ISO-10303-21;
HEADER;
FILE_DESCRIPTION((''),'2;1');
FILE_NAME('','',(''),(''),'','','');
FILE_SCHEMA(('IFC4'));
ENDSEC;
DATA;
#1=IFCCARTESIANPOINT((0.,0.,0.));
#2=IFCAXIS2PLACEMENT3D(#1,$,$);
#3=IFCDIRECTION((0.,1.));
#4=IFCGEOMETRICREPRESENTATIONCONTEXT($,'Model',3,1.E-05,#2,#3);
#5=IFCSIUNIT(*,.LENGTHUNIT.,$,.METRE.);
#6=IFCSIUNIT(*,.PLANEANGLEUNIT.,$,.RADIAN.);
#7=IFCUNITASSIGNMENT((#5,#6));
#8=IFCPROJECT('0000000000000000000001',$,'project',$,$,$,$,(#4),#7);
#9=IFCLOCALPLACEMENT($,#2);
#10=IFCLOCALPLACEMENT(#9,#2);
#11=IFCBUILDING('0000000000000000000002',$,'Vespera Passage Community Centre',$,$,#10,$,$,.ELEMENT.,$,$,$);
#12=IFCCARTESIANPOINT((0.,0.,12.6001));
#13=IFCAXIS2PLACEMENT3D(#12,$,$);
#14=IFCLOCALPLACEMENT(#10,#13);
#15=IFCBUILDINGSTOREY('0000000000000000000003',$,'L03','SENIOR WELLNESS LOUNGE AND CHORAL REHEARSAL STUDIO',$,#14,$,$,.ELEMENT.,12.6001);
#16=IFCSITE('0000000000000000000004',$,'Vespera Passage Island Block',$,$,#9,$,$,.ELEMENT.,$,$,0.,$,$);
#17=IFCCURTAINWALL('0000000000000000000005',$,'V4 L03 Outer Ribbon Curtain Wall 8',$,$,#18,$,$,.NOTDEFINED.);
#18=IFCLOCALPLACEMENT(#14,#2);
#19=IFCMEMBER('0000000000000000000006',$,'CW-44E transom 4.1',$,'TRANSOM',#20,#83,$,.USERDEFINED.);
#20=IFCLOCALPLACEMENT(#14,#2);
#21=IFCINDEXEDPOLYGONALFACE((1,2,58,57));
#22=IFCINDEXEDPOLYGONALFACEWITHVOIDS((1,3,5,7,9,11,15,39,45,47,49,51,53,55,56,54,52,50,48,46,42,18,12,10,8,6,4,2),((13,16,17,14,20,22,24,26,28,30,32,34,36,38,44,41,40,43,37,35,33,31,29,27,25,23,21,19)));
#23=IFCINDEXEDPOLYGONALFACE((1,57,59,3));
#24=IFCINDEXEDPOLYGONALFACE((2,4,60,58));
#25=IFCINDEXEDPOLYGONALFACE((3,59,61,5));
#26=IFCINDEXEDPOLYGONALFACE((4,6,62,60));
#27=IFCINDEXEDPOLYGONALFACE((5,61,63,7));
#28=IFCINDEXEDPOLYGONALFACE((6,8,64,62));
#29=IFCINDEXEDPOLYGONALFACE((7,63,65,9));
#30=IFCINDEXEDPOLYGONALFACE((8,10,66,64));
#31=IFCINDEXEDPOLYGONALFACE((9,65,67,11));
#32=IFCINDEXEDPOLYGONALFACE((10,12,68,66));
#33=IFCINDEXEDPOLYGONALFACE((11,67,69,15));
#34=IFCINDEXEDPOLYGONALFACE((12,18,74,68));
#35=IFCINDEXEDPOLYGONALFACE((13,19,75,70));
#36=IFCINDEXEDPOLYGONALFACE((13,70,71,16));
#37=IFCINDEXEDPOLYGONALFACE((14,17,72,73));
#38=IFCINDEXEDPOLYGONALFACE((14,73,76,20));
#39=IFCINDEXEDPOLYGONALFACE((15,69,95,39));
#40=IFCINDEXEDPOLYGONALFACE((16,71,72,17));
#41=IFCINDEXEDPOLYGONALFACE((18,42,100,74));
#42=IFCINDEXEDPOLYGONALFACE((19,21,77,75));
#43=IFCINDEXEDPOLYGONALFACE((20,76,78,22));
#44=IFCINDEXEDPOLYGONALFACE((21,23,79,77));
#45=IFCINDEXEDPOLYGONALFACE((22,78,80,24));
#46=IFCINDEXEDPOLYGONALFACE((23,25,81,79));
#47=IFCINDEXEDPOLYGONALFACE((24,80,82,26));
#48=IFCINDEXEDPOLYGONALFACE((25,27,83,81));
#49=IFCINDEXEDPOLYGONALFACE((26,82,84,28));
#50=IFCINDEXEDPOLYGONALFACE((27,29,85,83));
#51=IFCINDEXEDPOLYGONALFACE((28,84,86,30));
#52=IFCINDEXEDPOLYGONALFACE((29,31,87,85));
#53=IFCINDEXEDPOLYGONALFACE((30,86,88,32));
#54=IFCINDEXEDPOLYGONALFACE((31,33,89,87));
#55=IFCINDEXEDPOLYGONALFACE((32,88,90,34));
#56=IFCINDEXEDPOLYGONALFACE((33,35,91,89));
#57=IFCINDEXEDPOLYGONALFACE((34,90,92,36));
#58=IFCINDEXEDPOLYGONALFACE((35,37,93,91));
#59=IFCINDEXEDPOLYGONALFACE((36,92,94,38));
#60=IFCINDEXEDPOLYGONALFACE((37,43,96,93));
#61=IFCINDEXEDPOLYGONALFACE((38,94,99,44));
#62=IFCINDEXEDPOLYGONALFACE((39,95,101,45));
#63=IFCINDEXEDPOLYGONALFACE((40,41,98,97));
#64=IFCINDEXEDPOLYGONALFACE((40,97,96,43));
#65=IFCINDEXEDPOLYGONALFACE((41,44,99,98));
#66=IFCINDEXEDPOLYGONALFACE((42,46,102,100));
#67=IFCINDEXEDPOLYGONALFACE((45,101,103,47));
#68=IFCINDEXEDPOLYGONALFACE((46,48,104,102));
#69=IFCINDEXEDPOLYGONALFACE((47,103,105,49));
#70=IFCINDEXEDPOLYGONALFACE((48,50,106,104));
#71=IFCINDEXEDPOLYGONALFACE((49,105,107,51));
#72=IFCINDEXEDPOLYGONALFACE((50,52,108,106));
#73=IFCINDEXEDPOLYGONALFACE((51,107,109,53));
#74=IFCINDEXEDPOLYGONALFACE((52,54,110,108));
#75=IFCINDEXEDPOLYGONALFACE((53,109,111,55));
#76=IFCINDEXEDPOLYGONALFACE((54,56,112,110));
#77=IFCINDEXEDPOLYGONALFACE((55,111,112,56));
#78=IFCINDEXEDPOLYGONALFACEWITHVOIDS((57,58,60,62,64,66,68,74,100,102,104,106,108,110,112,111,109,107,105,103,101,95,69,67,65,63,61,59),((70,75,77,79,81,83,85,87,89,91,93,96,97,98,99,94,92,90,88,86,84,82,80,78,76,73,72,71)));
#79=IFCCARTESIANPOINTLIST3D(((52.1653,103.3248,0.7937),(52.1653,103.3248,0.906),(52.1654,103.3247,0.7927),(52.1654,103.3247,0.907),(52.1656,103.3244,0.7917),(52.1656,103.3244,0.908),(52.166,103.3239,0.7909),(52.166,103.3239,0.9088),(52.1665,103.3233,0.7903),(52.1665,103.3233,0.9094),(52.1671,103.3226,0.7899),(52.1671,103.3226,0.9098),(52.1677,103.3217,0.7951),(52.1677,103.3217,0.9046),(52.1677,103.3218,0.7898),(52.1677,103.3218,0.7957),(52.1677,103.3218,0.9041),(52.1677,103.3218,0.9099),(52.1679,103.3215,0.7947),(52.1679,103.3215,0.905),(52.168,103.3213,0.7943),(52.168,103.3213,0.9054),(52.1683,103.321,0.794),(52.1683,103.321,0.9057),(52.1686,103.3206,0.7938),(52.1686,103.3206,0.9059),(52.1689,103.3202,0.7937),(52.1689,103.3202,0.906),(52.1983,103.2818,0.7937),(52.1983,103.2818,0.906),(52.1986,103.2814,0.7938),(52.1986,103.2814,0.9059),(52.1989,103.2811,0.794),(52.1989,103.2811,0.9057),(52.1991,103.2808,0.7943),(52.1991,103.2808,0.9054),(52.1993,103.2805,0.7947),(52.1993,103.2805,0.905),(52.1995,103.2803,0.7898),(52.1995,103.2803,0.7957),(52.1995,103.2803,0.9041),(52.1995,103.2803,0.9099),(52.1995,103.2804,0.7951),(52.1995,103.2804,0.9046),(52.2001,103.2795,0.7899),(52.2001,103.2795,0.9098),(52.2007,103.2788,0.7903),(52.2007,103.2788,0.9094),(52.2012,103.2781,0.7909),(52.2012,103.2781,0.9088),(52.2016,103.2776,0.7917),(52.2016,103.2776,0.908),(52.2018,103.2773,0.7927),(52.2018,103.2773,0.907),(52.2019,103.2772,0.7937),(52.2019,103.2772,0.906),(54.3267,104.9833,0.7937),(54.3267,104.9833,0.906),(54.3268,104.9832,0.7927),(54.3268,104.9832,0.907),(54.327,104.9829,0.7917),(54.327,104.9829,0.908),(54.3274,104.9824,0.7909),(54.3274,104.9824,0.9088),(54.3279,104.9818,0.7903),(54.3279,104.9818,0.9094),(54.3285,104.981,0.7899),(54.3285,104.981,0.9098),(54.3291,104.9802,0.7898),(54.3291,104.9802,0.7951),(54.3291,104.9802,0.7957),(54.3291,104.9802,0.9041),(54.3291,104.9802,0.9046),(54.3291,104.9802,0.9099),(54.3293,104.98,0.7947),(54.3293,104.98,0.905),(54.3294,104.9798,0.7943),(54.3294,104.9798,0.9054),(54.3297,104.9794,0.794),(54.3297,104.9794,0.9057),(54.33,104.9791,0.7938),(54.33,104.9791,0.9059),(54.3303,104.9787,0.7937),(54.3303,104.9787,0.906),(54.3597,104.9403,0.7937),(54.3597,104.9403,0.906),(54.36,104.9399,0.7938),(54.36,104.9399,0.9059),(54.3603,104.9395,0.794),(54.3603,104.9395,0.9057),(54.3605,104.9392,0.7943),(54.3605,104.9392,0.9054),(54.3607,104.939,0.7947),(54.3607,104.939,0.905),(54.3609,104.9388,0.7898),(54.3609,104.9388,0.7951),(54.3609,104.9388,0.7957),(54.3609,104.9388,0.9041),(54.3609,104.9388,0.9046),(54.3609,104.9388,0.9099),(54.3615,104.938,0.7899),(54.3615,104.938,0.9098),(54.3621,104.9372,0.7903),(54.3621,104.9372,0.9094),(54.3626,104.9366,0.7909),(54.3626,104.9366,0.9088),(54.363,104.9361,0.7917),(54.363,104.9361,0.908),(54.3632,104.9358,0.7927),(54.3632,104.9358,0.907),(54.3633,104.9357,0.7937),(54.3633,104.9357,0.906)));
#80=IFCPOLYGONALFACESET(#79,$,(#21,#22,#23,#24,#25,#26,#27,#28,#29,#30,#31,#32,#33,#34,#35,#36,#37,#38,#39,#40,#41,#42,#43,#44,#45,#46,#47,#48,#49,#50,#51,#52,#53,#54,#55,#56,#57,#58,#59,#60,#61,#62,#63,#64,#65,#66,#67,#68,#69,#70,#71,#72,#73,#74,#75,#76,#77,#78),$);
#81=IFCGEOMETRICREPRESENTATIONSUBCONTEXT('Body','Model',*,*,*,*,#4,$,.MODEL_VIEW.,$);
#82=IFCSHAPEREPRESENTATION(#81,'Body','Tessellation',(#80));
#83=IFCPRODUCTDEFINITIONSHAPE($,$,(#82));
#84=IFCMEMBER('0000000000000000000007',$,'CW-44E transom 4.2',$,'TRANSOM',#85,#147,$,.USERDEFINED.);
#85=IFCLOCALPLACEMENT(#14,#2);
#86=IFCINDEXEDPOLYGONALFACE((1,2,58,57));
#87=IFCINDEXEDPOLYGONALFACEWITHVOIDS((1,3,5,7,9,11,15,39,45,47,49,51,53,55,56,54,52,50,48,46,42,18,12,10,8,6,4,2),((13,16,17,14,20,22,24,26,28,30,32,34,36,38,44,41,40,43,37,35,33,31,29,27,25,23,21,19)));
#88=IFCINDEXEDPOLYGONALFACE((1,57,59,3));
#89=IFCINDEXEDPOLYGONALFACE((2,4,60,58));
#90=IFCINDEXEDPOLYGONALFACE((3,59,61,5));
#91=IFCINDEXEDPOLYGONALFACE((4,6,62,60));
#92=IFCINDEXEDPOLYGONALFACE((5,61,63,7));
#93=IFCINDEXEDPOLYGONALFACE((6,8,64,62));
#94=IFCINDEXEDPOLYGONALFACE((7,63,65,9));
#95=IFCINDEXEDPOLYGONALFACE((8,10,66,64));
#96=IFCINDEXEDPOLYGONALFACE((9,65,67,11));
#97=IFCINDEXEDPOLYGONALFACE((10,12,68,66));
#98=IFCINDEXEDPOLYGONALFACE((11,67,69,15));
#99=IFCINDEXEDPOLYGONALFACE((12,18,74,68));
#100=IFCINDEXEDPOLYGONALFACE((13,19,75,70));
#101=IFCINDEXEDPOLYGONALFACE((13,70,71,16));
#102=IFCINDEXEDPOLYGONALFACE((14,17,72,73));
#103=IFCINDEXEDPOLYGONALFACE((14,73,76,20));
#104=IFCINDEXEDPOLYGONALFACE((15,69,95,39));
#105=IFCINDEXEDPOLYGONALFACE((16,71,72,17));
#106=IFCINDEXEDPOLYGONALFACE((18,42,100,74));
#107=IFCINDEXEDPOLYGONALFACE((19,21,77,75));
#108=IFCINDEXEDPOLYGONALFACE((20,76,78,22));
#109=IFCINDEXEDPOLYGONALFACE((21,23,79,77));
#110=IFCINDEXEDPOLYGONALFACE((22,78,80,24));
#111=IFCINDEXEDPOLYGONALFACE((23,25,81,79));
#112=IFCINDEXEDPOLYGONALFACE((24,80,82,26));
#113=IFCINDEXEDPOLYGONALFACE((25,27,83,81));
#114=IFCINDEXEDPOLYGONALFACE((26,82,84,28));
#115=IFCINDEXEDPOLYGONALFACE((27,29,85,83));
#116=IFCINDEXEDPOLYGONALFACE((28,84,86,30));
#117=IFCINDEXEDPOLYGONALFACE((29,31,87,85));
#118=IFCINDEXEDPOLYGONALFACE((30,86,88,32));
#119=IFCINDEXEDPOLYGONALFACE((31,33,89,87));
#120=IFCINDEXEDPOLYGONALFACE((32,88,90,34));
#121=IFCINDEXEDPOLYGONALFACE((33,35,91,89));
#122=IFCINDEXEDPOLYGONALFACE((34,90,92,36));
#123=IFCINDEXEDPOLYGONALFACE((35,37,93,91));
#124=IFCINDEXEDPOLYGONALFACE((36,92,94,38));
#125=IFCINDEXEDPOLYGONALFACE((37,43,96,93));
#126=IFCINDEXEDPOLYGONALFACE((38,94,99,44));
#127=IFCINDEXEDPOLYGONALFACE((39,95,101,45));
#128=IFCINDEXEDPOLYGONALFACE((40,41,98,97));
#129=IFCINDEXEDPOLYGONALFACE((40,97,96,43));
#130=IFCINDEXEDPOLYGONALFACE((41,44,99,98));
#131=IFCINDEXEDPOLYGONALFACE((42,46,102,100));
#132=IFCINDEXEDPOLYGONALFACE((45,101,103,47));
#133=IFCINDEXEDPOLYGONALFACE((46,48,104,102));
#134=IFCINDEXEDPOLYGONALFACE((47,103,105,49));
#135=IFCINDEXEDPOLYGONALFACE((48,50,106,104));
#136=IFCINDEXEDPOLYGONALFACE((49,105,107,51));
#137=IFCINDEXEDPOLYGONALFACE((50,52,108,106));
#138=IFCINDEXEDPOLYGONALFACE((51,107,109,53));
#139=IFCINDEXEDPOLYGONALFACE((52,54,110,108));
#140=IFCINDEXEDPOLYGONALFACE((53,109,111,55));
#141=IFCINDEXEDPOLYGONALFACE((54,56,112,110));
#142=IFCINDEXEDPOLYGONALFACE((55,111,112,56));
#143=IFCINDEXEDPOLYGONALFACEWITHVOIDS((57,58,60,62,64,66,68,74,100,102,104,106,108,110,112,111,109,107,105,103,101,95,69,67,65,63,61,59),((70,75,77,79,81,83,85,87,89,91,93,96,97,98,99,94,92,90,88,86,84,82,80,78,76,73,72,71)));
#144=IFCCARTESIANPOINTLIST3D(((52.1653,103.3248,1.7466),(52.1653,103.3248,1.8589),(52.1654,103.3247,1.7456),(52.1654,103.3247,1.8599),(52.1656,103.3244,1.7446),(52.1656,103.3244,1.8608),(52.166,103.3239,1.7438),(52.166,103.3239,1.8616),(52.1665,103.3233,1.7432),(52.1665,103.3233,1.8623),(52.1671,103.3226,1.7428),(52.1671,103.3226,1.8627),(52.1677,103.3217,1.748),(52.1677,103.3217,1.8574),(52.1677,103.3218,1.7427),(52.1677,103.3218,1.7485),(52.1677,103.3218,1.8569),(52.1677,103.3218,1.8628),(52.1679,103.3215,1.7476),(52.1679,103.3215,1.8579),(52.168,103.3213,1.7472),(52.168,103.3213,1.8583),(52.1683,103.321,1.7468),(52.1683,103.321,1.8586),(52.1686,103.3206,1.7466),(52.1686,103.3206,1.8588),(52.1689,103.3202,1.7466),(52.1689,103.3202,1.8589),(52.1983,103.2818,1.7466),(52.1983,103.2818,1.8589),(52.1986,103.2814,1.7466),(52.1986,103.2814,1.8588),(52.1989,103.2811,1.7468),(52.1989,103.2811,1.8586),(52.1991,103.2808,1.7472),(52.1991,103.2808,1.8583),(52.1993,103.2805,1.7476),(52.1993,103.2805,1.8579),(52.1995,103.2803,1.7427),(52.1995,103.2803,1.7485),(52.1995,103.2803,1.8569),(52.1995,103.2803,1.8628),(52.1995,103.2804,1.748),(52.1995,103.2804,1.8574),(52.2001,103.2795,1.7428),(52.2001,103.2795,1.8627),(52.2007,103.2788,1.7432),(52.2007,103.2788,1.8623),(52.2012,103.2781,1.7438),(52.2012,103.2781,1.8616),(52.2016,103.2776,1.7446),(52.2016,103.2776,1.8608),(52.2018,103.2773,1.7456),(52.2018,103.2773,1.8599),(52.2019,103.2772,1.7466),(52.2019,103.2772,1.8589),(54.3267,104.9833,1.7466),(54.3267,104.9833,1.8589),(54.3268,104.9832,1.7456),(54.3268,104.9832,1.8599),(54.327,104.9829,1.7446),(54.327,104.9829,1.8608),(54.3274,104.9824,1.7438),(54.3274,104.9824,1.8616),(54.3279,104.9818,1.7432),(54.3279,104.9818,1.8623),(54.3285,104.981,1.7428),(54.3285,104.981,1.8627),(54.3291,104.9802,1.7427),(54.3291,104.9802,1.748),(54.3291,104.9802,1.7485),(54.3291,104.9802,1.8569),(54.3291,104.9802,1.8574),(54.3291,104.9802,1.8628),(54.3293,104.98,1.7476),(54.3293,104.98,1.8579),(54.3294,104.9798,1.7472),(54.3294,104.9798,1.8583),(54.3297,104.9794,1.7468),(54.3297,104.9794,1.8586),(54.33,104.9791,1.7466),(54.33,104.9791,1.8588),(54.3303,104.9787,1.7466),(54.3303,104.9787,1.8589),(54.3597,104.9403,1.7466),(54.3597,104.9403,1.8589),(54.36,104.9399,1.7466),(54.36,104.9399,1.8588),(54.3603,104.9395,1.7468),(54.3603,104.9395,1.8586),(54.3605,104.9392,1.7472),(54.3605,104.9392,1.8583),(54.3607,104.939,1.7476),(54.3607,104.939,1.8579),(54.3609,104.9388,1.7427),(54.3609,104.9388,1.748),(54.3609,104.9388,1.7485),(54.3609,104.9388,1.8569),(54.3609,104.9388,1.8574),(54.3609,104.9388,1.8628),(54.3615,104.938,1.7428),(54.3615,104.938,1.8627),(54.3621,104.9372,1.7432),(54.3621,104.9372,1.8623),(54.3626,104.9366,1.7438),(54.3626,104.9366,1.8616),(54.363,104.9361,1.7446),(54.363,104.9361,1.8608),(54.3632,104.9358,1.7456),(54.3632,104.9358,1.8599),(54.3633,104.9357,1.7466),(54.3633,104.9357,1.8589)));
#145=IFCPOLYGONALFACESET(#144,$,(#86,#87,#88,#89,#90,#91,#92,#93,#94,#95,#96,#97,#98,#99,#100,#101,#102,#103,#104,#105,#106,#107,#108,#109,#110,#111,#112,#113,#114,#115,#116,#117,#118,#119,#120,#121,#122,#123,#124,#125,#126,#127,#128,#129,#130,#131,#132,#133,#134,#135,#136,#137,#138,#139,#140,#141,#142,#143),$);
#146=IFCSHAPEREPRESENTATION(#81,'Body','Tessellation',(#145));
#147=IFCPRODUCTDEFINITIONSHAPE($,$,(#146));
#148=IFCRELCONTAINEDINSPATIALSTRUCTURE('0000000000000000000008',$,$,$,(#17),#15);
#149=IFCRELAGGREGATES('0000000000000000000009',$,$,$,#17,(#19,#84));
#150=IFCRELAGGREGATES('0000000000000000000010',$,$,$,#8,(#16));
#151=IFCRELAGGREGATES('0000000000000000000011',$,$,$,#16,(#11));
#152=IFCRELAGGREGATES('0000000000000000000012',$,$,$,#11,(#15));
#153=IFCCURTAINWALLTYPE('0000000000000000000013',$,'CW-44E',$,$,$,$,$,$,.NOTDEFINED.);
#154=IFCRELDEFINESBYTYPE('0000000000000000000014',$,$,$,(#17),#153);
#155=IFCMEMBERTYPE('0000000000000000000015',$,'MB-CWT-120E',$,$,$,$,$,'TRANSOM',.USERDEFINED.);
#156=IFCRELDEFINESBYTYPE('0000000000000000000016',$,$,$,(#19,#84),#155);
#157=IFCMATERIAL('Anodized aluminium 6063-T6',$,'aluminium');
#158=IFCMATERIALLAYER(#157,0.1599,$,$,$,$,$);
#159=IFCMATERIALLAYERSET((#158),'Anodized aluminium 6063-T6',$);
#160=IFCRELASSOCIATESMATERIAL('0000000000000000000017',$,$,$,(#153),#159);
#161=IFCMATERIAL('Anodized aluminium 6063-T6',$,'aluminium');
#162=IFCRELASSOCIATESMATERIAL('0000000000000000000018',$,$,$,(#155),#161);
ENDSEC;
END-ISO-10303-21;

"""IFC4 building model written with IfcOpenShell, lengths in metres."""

from ifc_helpers import new_model, si_unit, direction, frame, origin, origin_2d, place, context, subcontext, project, spatial, hollow_rectangle, extrude, material, layer, layer_set, material_profile, profile_set, type_object, element, aggregate, save


model = new_model("IFC4")

# Units and contexts
model_context = context("Model", 3, precision=1e-05, world=origin(), true_north=direction((0.0, 1.0)))
body_context = subcontext(model_context, "Body", "Model", "MODEL_VIEW")
ifc_project = project(units=[si_unit("LENGTHUNIT", "METRE"), si_unit("PLANEANGLEUNIT", "RADIAN")], contexts=[model_context])

# Site, building, storey
site_placement = place(None, origin())
site = spatial("IfcSite", under=ifc_project, at=site_placement, Name="Vespera Passage Island Block", CompositionType="ELEMENT", RefElevation=0.0)
building_placement = place(site_placement, origin())
building = spatial("IfcBuilding", under=site, at=building_placement, Name="Vespera Passage Community Centre", CompositionType="ELEMENT")
storey_placement = place(building_placement, frame((0.0, 0.0, 12.6001)))
storey = spatial("IfcBuildingStorey", under=building, at=storey_placement, Name="L03", Description="SENIOR WELLNESS LOUNGE AND CHORAL REHEARSAL STUDIO", CompositionType="ELEMENT", Elevation=12.6001)

# Curtain wall
ifc_material_1 = material(Name="Anodized aluminium 6063-T6", Category="aluminium")
ifc_layer_1 = layer(ifc_material_1, 0.1599)
ifc_layer_set_1 = layer_set([ifc_layer_1], Name="Anodized aluminium 6063-T6")
curtain_wall_type_1 = type_object("IfcCurtainWallType", Name="CW-44E", PredefinedType="NOTDEFINED", material=ifc_layer_set_1)
curtain_wall_1_placement = place(storey_placement, origin())
curtain_wall_1 = element("IfcCurtainWall", 1, at=curtain_wall_1_placement, inside=storey, type_object=curtain_wall_type_1, Name="V4 L03 Outer Ribbon Curtain Wall 8", PredefinedType="NOTDEFINED")

# Members
ifc_material_2 = material(Name="Anodized aluminium 6063-T6", Category="aluminium")
ifc_material_profile_1 = material_profile(ifc_material_2, hollow_rectangle(XDim=0.0601, YDim=0.1201, WallThickness=0.0039, InnerFilletRadius=0.002, OuterFilletRadius=0.0039, at=origin_2d()), Name="ALU120X60X4")
ifc_profile_set_1 = profile_set([ifc_material_profile_1], Name="Anodized aluminium 6063-T6")
member_type_1 = type_object("IfcMemberType", Name="MB-CWT-120E", ElementType="TRANSOM", PredefinedType="USERDEFINED", material=ifc_profile_set_1)
member_1_placement = place(storey_placement, frame((52.1836, 103.301, 0.8499), z_axis=(0.79336, 0.608753, 0.0), x_axis=(-0.608753, 0.79336, 0.0)))
member_1 = element("IfcMember", 2, at=member_1_placement, type_object=member_type_1, Name="CW-44E transom 4.1", ObjectType="TRANSOM", PredefinedType="USERDEFINED", context=body_context, shape_type="SweptSolid", body=[
    extrude(hollow_rectangle(XDim=0.0601, YDim=0.1201, WallThickness=0.0039, InnerFilletRadius=0.002, OuterFilletRadius=0.0039, at=origin_2d()), origin(), (0.0, 0.0, 1.0), 2.7244),
])
member_2_placement = place(storey_placement, frame((52.1836, 103.301, 1.8027), z_axis=(0.79336, 0.608753, 0.0), x_axis=(-0.608753, 0.79336, 0.0)))
member_2 = element("IfcMember", 3, at=member_2_placement, type_object=member_type_1, Name="CW-44E transom 4.2", ObjectType="TRANSOM", PredefinedType="USERDEFINED", context=body_context, shape_type="SweptSolid", body=[
    extrude(hollow_rectangle(XDim=0.0601, YDim=0.1201, WallThickness=0.0039, InnerFilletRadius=0.002, OuterFilletRadius=0.0039, at=origin_2d()), origin(), (0.0, 0.0, 1.0), 2.7244),
])

aggregate(curtain_wall_1, [member_1, member_2])

save(model, "model.ifc")
